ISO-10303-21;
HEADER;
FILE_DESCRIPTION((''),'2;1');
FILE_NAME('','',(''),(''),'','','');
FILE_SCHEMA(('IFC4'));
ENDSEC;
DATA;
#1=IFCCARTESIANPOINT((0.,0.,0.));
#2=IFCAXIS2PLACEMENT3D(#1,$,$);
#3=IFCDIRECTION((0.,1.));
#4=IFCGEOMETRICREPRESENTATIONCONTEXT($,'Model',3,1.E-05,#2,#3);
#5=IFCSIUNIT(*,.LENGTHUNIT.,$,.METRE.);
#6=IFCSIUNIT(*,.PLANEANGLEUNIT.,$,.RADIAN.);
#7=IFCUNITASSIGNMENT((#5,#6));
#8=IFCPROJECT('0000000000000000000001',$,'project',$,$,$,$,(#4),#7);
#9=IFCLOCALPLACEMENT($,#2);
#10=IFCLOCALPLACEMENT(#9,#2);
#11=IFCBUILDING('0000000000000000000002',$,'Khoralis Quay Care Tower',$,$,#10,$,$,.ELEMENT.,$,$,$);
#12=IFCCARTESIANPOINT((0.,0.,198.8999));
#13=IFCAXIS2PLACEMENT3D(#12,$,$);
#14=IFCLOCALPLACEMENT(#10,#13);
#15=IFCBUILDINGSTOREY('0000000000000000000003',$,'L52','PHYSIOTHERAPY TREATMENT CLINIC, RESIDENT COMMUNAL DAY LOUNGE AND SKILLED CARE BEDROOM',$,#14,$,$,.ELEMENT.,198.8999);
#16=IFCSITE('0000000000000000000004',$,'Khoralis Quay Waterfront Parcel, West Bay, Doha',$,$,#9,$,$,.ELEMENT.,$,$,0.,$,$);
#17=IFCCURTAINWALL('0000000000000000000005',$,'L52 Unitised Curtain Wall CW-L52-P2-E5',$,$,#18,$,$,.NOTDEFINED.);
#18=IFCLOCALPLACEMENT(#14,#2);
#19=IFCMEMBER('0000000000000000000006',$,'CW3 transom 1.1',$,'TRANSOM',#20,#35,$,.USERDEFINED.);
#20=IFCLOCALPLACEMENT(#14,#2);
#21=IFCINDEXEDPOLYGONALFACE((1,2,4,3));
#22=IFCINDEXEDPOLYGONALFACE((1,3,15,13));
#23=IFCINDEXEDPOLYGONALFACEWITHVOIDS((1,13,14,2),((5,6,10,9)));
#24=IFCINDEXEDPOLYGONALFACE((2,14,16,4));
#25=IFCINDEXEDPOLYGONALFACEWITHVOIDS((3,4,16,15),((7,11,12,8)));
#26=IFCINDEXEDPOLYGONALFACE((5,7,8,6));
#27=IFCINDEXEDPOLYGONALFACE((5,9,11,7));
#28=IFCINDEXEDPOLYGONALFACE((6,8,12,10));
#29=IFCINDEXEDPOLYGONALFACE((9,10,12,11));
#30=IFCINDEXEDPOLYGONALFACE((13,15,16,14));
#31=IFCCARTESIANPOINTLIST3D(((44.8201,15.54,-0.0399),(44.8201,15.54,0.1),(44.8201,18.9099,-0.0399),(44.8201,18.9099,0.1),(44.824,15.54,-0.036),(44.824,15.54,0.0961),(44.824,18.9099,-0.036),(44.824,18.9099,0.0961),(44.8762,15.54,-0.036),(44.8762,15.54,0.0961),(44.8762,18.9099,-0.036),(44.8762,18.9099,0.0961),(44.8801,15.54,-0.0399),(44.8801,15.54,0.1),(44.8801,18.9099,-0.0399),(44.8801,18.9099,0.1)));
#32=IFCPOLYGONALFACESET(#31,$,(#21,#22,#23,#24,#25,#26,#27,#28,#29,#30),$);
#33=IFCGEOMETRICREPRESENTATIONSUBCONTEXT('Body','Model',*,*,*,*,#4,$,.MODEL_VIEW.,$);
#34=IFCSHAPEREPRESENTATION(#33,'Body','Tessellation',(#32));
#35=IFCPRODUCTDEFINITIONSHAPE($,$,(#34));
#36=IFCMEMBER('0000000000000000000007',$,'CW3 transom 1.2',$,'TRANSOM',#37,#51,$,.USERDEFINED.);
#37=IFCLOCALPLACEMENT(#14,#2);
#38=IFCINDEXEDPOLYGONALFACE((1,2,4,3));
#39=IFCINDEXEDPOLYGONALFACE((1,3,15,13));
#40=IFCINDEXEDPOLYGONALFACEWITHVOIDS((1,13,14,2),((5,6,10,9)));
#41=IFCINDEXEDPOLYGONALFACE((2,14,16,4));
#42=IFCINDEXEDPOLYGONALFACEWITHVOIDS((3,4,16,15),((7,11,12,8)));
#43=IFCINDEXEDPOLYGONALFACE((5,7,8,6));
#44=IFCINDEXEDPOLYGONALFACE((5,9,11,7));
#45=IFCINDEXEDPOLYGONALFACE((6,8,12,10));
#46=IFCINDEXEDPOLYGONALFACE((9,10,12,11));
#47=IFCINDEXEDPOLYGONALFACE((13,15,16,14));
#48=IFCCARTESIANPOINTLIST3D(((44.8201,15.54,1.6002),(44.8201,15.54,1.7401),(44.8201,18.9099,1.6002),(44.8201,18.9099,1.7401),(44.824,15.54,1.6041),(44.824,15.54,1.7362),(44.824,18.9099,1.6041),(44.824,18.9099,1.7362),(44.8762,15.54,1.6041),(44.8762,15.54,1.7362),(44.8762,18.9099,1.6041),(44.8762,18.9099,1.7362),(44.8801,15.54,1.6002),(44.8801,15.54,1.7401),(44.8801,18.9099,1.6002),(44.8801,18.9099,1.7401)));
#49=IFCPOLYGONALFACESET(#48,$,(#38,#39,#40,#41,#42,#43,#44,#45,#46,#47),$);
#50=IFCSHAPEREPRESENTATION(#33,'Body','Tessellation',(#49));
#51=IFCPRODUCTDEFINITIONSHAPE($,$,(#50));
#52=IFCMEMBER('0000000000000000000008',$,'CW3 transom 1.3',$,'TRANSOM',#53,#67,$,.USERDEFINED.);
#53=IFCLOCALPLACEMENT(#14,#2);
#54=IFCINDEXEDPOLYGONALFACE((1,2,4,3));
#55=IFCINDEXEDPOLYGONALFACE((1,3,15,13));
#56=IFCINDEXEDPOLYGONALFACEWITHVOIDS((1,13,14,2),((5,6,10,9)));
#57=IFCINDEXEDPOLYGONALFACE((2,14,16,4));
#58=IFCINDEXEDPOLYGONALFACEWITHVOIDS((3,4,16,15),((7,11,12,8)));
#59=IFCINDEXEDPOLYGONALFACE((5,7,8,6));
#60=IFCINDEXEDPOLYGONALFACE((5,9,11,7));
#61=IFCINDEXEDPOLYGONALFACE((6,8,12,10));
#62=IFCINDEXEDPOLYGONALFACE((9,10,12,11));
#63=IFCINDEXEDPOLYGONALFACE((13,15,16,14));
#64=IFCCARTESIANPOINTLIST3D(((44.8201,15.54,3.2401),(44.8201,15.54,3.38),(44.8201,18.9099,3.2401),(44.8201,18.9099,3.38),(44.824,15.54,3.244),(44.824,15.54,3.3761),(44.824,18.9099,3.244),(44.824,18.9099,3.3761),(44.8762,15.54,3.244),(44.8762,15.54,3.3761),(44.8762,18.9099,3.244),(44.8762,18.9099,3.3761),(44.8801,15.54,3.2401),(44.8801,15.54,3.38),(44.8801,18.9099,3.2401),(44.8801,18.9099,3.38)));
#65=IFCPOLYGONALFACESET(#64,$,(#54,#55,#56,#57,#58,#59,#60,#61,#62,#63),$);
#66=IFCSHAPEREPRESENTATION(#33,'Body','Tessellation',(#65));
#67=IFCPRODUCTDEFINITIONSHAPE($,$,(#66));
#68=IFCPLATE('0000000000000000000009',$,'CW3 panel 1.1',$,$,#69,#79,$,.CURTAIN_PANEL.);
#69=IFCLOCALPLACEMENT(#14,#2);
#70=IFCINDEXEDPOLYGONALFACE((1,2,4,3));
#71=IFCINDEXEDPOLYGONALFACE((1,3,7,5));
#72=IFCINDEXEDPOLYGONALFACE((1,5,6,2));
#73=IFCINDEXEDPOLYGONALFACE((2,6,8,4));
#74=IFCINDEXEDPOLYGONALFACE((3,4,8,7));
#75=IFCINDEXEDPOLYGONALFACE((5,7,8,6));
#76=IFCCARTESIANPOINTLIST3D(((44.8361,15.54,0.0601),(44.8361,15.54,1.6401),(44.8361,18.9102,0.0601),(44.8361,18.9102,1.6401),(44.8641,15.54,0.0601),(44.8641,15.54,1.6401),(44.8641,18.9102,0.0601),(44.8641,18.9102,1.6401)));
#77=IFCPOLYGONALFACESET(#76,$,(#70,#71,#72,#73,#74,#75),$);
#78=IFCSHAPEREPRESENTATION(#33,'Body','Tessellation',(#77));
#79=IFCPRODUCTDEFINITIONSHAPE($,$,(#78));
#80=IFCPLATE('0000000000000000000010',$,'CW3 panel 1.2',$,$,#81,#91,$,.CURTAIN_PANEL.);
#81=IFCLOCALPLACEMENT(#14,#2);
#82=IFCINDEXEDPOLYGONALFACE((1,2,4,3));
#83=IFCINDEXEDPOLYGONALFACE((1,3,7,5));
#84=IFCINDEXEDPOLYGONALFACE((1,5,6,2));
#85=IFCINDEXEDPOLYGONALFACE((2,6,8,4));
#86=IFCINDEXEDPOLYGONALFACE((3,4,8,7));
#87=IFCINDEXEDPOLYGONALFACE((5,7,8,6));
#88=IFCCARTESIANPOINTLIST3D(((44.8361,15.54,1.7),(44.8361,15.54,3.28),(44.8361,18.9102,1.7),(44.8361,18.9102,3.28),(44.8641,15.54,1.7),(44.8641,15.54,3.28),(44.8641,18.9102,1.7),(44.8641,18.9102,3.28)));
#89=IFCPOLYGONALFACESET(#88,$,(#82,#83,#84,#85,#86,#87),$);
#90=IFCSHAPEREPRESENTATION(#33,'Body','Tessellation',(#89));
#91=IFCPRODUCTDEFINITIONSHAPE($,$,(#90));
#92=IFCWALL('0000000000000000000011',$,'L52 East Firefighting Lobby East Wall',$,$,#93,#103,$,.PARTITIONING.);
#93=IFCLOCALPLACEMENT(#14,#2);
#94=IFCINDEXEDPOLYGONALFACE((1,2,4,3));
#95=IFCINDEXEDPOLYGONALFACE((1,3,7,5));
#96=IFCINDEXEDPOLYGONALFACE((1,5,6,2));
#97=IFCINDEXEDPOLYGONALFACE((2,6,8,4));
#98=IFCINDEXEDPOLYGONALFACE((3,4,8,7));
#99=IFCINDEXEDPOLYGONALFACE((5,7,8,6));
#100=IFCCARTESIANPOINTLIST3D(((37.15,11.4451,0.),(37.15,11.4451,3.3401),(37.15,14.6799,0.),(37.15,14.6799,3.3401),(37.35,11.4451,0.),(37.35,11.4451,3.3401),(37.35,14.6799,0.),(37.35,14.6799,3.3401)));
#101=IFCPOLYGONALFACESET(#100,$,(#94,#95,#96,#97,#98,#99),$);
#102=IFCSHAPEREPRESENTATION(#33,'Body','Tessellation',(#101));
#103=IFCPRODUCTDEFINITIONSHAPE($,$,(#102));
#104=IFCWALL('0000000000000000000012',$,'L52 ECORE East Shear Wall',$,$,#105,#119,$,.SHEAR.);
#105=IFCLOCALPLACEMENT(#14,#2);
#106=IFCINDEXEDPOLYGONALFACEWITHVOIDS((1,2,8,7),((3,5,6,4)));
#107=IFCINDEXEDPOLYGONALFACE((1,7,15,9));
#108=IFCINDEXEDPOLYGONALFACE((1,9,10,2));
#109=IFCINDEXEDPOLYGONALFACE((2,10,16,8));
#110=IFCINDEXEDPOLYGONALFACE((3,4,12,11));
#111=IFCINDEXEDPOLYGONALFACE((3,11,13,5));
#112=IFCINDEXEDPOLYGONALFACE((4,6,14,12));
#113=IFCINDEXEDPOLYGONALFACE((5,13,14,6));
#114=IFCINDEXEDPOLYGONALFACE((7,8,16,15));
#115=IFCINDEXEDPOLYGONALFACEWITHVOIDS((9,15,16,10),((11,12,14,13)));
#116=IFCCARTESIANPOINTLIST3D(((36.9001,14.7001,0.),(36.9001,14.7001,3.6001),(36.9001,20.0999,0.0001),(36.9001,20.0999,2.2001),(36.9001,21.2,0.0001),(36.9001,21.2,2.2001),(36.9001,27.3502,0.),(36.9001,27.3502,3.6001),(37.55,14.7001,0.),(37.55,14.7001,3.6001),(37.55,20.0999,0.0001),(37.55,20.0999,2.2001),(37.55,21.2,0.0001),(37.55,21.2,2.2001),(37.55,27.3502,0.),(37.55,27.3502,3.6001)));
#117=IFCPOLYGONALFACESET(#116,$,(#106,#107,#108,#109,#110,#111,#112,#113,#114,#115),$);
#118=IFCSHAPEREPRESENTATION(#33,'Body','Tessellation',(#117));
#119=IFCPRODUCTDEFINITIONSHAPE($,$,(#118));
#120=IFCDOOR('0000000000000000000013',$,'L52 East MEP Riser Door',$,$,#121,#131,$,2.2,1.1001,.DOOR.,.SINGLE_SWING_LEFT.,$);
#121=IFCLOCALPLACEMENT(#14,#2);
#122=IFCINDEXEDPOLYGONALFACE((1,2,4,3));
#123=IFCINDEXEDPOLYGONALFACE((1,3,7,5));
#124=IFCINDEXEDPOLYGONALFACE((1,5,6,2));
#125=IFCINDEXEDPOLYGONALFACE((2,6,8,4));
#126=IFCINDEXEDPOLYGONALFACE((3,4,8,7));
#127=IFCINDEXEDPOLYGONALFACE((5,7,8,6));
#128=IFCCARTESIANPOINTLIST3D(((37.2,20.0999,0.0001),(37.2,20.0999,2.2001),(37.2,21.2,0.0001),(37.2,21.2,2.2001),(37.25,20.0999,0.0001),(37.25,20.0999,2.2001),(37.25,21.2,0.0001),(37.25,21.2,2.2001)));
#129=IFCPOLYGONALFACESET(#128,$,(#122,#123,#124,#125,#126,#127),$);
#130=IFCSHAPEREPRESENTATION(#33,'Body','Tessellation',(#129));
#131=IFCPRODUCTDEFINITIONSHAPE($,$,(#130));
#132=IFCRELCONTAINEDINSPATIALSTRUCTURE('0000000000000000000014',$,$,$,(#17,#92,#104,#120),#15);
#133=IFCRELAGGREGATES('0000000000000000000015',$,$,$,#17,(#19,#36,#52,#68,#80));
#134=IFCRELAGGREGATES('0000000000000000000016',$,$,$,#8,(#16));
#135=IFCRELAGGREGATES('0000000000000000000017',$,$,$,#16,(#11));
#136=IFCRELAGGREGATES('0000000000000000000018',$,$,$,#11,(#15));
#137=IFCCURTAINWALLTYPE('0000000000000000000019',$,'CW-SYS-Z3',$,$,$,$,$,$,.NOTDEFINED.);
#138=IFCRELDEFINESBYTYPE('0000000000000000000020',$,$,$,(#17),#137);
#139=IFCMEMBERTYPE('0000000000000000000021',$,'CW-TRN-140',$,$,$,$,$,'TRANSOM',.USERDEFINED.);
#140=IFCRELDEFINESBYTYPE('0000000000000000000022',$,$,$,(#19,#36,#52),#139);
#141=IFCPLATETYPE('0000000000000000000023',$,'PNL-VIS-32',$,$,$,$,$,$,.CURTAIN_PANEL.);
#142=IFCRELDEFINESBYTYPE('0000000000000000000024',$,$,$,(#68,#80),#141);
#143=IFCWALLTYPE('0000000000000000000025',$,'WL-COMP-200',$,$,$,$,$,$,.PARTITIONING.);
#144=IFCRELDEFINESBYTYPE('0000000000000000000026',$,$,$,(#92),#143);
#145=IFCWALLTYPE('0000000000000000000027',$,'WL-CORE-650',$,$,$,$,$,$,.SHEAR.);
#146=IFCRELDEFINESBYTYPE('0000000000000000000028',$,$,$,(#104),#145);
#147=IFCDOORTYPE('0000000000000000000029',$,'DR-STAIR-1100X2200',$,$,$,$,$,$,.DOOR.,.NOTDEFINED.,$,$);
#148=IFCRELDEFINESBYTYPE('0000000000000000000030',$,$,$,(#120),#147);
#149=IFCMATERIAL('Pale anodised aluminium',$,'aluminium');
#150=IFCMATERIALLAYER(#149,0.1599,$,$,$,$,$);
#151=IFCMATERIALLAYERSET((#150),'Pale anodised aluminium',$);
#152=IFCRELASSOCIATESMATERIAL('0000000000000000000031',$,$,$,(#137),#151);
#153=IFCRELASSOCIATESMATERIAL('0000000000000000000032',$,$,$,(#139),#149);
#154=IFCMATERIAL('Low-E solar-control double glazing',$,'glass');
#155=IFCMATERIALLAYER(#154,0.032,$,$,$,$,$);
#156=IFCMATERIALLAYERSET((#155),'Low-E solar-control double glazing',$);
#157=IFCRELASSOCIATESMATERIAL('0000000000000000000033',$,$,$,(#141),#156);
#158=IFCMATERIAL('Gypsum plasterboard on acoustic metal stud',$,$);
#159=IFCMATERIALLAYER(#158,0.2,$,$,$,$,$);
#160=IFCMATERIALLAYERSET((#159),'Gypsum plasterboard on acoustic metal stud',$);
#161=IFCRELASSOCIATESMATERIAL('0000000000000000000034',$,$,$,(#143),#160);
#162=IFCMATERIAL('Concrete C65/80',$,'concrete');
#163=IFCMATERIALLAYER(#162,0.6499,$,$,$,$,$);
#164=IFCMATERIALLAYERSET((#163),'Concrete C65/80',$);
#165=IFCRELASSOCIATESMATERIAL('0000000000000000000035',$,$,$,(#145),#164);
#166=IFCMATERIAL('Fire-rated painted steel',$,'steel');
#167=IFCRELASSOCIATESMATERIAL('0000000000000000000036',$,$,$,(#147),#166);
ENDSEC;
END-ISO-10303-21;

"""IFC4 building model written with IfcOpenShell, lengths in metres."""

from ifc_helpers import new_model, si_unit, direction, frame, frame_2d, origin, origin_2d, place, context, subcontext, project, spatial, rectangle, hollow_rectangle, extrude, source, transform, mapped, material, layer, layer_set, material_profile, profile_set, type_object, element, fill, aggregate, save


model = new_model("IFC4")

# Units and contexts
model_context = context("Model", 3, precision=1e-05, world=origin(), true_north=direction((0.0, 1.0)))
body_context = subcontext(model_context, "Body", "Model", "MODEL_VIEW")
ifc_project = project(units=[si_unit("LENGTHUNIT", "METRE"), si_unit("PLANEANGLEUNIT", "RADIAN")], contexts=[model_context])

# Site, building, storey
site_placement = place(None, origin())
site = spatial("IfcSite", under=ifc_project, at=site_placement, Name="Khoralis Quay Waterfront Parcel, West Bay, Doha", CompositionType="ELEMENT", RefElevation=0.0)
building_placement = place(site_placement, origin())
building = spatial("IfcBuilding", under=site, at=building_placement, Name="Khoralis Quay Care Tower", CompositionType="ELEMENT")
storey_placement = place(building_placement, frame((0.0, 0.0, 198.8999)))
storey = spatial("IfcBuildingStorey", under=building, at=storey_placement, Name="L52", Description="PHYSIOTHERAPY TREATMENT CLINIC, RESIDENT COMMUNAL DAY LOUNGE AND SKILLED CARE BEDROOM", CompositionType="ELEMENT", Elevation=198.8999)

# Shared definitions
ifc_material_1 = material(Name="Concrete C65/80", Category="concrete")

# Curtain wall, members, plates
ifc_material_2 = material(Name="Pale anodised aluminium", Category="aluminium")
ifc_layer_1 = layer(ifc_material_2, 0.1599)
ifc_layer_set_1 = layer_set([ifc_layer_1], Name="Pale anodised aluminium")
curtain_wall_type = type_object("IfcCurtainWallType", Name="CW-SYS-Z3", PredefinedType="NOTDEFINED", material=ifc_layer_set_1)
curtain_wall_placement = place(storey_placement, origin())
curtain_wall = element("IfcCurtainWall", 1, at=curtain_wall_placement, inside=storey, type_object=curtain_wall_type, Name="L52 Unitised Curtain Wall CW-L52-P2-E5", PredefinedType="NOTDEFINED")
ifc_material_profile_1 = material_profile(ifc_material_2, hollow_rectangle(XDim=0.0601, YDim=0.1399, WallThickness=0.0039, at=origin_2d()), Name="Pale anodised aluminium")
ifc_profile_set_1 = profile_set([ifc_material_profile_1], Name="Pale anodised aluminium")
member_type_1 = type_object("IfcMemberType", Name="CW-TRN-140", ElementType="TRANSOM", PredefinedType="USERDEFINED", material=ifc_profile_set_1)
shared_shape_1 = source(origin(), body_context, "Body", "SweptSolid", [
    extrude(hollow_rectangle(XDim=0.0601, YDim=0.1399, WallThickness=0.0039, at=origin_2d()), origin(), (0.0, 0.0, 1.0), 3.3699),
])
member_1_placement = place(storey_placement, frame((44.8501, 15.54, 0.03), z_axis=(0.0, 1.0, 0.0), x_axis=(-1.0, 0.0, 0.0)))
member_1 = element("IfcMember", 2, at=member_1_placement, type_object=member_type_1, Name="CW3 transom 1.1", ObjectType="TRANSOM", PredefinedType="USERDEFINED", context=body_context, shape_type="MappedRepresentation", body=[
    mapped(shared_shape_1, transform((0.0, 0.0, 0.0), scale=1.0)),
])
member_2_placement = place(storey_placement, frame((44.8501, 15.54, 1.6702), z_axis=(0.0, 1.0, 0.0), x_axis=(-1.0, 0.0, 0.0)))
member_2 = element("IfcMember", 3, at=member_2_placement, type_object=member_type_1, Name="CW3 transom 1.2", ObjectType="TRANSOM", PredefinedType="USERDEFINED", context=body_context, shape_type="MappedRepresentation", body=[
    mapped(shared_shape_1, transform((0.0, 0.0, 0.0), scale=1.0)),
])
member_3_placement = place(storey_placement, frame((44.8501, 15.54, 3.3101), z_axis=(0.0, 1.0, 0.0), x_axis=(-1.0, 0.0, 0.0)))
member_3 = element("IfcMember", 4, at=member_3_placement, type_object=member_type_1, Name="CW3 transom 1.3", ObjectType="TRANSOM", PredefinedType="USERDEFINED", context=body_context, shape_type="MappedRepresentation", body=[
    mapped(shared_shape_1, transform((0.0, 0.0, 0.0), scale=1.0)),
])
ifc_material_3 = material(Name="Low-E solar-control double glazing", Category="glass")
ifc_layer_2 = layer(ifc_material_3, 0.032)
ifc_layer_set_2 = layer_set([ifc_layer_2], Name="Low-E solar-control double glazing")
plate_type = type_object("IfcPlateType", Name="PNL-VIS-32", PredefinedType="CURTAIN_PANEL", material=ifc_layer_set_2)
shared_shape_2 = source(origin(), body_context, "Body", "SweptSolid", [
    extrude(rectangle(XDim=3.3701, YDim=0.0281, at=origin_2d()), origin(), (0.0, 0.0, 1.0), 1.5801),
])
plate_1_placement = place(storey_placement, frame((44.8501, 17.2251, 0.0601), z_axis=(0.0, 0.0, 1.0), x_axis=(0.0, 1.0, 0.0)))
plate_1 = element("IfcPlate", 5, at=plate_1_placement, type_object=plate_type, Name="CW3 panel 1.1", PredefinedType="CURTAIN_PANEL", context=body_context, shape_type="MappedRepresentation", body=[
    mapped(shared_shape_2, transform((0.0, 0.0, 0.0), scale=1.0)),
])
plate_2_placement = place(storey_placement, frame((44.8501, 17.2251, 1.7), z_axis=(0.0, 0.0, 1.0), x_axis=(0.0, 1.0, 0.0)))
plate_2 = element("IfcPlate", 6, at=plate_2_placement, type_object=plate_type, Name="CW3 panel 1.2", PredefinedType="CURTAIN_PANEL", context=body_context, shape_type="MappedRepresentation", body=[
    mapped(shared_shape_2, transform((0.0, 0.0, 0.0), scale=1.0)),
])
aggregate(curtain_wall, [member_1, member_2, member_3, plate_1, plate_2])

# Wall
ifc_material_4 = material(Name="Gypsum plasterboard on acoustic metal stud")
ifc_layer_3 = layer(ifc_material_4, 0.2)
ifc_layer_set_3 = layer_set([ifc_layer_3], Name="Gypsum plasterboard on acoustic metal stud")
wall_type_1 = type_object("IfcWallType", Name="WL-COMP-200", PredefinedType="PARTITIONING", material=ifc_layer_set_3)
wall_1_placement = place(storey_placement, frame((37.25, 11.4451, 0.0), z_axis=(0.0, 0.0, 1.0), x_axis=(0.0, 1.0, 0.0)))
element("IfcWall", 7, at=wall_1_placement, inside=storey, type_object=wall_type_1, Name="L52 East Firefighting Lobby East Wall", PredefinedType="PARTITIONING", context=body_context, shape_type="SweptSolid", body=[
    extrude(rectangle(XDim=3.2349, YDim=0.2, at=frame_2d((1.6174, 0.0))), origin(), (0.0, 0.0, 1.0), 3.3401),
])

# Wall, opening, door
ifc_layer_4 = layer(ifc_material_1, 0.6499)
ifc_layer_set_4 = layer_set([ifc_layer_4], Name="Concrete C65/80")
wall_type_2 = type_object("IfcWallType", Name="WL-CORE-650", PredefinedType="SHEAR", material=ifc_layer_set_4)
wall_2_placement = place(storey_placement, frame((37.2251, 14.7, 0.0), z_axis=(0.0, 0.0, 1.0), x_axis=(0.0, 1.0, 0.0)))
wall_2 = element("IfcWall", 8, at=wall_2_placement, inside=storey, type_object=wall_type_2, Name="L52 ECORE East Shear Wall", PredefinedType="SHEAR", context=body_context, shape_type="SweptSolid", body=[
    extrude(rectangle(XDim=12.6501, YDim=0.6499, at=frame_2d((6.3252, 0.0))), origin(), (0.0, 0.0, 1.0), 3.6001),
])
opening_1_placement = place(wall_2_placement, frame((5.3999, 0.0, 0.0)))
opening_1 = element("IfcOpeningElement", 9, at=opening_1_placement, cuts=wall_2, PredefinedType="OPENING", context=body_context, shape_type="SweptSolid", body=[
    extrude(rectangle(XDim=1.1001, YDim=2.2, at=frame_2d((0.55, 1.1001))), frame((0.0, 0.335, 0.0), z_axis=(0.0, -1.0, 0.0), x_axis=(1.0, 0.0, 0.0)), (0.0, 0.0, 1.0), 0.6699),
])
ifc_material_5 = material(Name="Fire-rated painted steel", Category="steel")
door_type_1 = type_object("IfcDoorType", Name="DR-STAIR-1100X2200", OperationType="NOTDEFINED", PredefinedType="DOOR", material=ifc_material_5)
shared_shape_3 = source(origin(), body_context, "Body", "SweptSolid", [
    extrude(rectangle(XDim=1.1001, YDim=2.2, at=frame_2d((0.55, 1.1001))), frame((0.0, 0.0249, 0.0), z_axis=(0.0, -1.0, 0.0), x_axis=(1.0, 0.0, 0.0)), (0.0, 0.0, 1.0), 0.05),
])
door_1_placement = place(opening_1_placement, frame((1.1001, 0.0, 0.0), z_axis=(0.0, 0.0, 1.0), x_axis=(-1.0, 0.0, 0.0)))
door_1 = element("IfcDoor", 10, at=door_1_placement, inside=storey, type_object=door_type_1, Name="L52 East MEP Riser Door", OperationType="SINGLE_SWING_LEFT", OverallHeight=2.2, OverallWidth=1.1001, PredefinedType="DOOR", context=body_context, shape_type="MappedRepresentation", body=[
    mapped(shared_shape_3, transform((0.0, 0.0, 0.0), scale=1.0)),
])
fill(opening_1, door_1)

save(model, "model.ifc")
